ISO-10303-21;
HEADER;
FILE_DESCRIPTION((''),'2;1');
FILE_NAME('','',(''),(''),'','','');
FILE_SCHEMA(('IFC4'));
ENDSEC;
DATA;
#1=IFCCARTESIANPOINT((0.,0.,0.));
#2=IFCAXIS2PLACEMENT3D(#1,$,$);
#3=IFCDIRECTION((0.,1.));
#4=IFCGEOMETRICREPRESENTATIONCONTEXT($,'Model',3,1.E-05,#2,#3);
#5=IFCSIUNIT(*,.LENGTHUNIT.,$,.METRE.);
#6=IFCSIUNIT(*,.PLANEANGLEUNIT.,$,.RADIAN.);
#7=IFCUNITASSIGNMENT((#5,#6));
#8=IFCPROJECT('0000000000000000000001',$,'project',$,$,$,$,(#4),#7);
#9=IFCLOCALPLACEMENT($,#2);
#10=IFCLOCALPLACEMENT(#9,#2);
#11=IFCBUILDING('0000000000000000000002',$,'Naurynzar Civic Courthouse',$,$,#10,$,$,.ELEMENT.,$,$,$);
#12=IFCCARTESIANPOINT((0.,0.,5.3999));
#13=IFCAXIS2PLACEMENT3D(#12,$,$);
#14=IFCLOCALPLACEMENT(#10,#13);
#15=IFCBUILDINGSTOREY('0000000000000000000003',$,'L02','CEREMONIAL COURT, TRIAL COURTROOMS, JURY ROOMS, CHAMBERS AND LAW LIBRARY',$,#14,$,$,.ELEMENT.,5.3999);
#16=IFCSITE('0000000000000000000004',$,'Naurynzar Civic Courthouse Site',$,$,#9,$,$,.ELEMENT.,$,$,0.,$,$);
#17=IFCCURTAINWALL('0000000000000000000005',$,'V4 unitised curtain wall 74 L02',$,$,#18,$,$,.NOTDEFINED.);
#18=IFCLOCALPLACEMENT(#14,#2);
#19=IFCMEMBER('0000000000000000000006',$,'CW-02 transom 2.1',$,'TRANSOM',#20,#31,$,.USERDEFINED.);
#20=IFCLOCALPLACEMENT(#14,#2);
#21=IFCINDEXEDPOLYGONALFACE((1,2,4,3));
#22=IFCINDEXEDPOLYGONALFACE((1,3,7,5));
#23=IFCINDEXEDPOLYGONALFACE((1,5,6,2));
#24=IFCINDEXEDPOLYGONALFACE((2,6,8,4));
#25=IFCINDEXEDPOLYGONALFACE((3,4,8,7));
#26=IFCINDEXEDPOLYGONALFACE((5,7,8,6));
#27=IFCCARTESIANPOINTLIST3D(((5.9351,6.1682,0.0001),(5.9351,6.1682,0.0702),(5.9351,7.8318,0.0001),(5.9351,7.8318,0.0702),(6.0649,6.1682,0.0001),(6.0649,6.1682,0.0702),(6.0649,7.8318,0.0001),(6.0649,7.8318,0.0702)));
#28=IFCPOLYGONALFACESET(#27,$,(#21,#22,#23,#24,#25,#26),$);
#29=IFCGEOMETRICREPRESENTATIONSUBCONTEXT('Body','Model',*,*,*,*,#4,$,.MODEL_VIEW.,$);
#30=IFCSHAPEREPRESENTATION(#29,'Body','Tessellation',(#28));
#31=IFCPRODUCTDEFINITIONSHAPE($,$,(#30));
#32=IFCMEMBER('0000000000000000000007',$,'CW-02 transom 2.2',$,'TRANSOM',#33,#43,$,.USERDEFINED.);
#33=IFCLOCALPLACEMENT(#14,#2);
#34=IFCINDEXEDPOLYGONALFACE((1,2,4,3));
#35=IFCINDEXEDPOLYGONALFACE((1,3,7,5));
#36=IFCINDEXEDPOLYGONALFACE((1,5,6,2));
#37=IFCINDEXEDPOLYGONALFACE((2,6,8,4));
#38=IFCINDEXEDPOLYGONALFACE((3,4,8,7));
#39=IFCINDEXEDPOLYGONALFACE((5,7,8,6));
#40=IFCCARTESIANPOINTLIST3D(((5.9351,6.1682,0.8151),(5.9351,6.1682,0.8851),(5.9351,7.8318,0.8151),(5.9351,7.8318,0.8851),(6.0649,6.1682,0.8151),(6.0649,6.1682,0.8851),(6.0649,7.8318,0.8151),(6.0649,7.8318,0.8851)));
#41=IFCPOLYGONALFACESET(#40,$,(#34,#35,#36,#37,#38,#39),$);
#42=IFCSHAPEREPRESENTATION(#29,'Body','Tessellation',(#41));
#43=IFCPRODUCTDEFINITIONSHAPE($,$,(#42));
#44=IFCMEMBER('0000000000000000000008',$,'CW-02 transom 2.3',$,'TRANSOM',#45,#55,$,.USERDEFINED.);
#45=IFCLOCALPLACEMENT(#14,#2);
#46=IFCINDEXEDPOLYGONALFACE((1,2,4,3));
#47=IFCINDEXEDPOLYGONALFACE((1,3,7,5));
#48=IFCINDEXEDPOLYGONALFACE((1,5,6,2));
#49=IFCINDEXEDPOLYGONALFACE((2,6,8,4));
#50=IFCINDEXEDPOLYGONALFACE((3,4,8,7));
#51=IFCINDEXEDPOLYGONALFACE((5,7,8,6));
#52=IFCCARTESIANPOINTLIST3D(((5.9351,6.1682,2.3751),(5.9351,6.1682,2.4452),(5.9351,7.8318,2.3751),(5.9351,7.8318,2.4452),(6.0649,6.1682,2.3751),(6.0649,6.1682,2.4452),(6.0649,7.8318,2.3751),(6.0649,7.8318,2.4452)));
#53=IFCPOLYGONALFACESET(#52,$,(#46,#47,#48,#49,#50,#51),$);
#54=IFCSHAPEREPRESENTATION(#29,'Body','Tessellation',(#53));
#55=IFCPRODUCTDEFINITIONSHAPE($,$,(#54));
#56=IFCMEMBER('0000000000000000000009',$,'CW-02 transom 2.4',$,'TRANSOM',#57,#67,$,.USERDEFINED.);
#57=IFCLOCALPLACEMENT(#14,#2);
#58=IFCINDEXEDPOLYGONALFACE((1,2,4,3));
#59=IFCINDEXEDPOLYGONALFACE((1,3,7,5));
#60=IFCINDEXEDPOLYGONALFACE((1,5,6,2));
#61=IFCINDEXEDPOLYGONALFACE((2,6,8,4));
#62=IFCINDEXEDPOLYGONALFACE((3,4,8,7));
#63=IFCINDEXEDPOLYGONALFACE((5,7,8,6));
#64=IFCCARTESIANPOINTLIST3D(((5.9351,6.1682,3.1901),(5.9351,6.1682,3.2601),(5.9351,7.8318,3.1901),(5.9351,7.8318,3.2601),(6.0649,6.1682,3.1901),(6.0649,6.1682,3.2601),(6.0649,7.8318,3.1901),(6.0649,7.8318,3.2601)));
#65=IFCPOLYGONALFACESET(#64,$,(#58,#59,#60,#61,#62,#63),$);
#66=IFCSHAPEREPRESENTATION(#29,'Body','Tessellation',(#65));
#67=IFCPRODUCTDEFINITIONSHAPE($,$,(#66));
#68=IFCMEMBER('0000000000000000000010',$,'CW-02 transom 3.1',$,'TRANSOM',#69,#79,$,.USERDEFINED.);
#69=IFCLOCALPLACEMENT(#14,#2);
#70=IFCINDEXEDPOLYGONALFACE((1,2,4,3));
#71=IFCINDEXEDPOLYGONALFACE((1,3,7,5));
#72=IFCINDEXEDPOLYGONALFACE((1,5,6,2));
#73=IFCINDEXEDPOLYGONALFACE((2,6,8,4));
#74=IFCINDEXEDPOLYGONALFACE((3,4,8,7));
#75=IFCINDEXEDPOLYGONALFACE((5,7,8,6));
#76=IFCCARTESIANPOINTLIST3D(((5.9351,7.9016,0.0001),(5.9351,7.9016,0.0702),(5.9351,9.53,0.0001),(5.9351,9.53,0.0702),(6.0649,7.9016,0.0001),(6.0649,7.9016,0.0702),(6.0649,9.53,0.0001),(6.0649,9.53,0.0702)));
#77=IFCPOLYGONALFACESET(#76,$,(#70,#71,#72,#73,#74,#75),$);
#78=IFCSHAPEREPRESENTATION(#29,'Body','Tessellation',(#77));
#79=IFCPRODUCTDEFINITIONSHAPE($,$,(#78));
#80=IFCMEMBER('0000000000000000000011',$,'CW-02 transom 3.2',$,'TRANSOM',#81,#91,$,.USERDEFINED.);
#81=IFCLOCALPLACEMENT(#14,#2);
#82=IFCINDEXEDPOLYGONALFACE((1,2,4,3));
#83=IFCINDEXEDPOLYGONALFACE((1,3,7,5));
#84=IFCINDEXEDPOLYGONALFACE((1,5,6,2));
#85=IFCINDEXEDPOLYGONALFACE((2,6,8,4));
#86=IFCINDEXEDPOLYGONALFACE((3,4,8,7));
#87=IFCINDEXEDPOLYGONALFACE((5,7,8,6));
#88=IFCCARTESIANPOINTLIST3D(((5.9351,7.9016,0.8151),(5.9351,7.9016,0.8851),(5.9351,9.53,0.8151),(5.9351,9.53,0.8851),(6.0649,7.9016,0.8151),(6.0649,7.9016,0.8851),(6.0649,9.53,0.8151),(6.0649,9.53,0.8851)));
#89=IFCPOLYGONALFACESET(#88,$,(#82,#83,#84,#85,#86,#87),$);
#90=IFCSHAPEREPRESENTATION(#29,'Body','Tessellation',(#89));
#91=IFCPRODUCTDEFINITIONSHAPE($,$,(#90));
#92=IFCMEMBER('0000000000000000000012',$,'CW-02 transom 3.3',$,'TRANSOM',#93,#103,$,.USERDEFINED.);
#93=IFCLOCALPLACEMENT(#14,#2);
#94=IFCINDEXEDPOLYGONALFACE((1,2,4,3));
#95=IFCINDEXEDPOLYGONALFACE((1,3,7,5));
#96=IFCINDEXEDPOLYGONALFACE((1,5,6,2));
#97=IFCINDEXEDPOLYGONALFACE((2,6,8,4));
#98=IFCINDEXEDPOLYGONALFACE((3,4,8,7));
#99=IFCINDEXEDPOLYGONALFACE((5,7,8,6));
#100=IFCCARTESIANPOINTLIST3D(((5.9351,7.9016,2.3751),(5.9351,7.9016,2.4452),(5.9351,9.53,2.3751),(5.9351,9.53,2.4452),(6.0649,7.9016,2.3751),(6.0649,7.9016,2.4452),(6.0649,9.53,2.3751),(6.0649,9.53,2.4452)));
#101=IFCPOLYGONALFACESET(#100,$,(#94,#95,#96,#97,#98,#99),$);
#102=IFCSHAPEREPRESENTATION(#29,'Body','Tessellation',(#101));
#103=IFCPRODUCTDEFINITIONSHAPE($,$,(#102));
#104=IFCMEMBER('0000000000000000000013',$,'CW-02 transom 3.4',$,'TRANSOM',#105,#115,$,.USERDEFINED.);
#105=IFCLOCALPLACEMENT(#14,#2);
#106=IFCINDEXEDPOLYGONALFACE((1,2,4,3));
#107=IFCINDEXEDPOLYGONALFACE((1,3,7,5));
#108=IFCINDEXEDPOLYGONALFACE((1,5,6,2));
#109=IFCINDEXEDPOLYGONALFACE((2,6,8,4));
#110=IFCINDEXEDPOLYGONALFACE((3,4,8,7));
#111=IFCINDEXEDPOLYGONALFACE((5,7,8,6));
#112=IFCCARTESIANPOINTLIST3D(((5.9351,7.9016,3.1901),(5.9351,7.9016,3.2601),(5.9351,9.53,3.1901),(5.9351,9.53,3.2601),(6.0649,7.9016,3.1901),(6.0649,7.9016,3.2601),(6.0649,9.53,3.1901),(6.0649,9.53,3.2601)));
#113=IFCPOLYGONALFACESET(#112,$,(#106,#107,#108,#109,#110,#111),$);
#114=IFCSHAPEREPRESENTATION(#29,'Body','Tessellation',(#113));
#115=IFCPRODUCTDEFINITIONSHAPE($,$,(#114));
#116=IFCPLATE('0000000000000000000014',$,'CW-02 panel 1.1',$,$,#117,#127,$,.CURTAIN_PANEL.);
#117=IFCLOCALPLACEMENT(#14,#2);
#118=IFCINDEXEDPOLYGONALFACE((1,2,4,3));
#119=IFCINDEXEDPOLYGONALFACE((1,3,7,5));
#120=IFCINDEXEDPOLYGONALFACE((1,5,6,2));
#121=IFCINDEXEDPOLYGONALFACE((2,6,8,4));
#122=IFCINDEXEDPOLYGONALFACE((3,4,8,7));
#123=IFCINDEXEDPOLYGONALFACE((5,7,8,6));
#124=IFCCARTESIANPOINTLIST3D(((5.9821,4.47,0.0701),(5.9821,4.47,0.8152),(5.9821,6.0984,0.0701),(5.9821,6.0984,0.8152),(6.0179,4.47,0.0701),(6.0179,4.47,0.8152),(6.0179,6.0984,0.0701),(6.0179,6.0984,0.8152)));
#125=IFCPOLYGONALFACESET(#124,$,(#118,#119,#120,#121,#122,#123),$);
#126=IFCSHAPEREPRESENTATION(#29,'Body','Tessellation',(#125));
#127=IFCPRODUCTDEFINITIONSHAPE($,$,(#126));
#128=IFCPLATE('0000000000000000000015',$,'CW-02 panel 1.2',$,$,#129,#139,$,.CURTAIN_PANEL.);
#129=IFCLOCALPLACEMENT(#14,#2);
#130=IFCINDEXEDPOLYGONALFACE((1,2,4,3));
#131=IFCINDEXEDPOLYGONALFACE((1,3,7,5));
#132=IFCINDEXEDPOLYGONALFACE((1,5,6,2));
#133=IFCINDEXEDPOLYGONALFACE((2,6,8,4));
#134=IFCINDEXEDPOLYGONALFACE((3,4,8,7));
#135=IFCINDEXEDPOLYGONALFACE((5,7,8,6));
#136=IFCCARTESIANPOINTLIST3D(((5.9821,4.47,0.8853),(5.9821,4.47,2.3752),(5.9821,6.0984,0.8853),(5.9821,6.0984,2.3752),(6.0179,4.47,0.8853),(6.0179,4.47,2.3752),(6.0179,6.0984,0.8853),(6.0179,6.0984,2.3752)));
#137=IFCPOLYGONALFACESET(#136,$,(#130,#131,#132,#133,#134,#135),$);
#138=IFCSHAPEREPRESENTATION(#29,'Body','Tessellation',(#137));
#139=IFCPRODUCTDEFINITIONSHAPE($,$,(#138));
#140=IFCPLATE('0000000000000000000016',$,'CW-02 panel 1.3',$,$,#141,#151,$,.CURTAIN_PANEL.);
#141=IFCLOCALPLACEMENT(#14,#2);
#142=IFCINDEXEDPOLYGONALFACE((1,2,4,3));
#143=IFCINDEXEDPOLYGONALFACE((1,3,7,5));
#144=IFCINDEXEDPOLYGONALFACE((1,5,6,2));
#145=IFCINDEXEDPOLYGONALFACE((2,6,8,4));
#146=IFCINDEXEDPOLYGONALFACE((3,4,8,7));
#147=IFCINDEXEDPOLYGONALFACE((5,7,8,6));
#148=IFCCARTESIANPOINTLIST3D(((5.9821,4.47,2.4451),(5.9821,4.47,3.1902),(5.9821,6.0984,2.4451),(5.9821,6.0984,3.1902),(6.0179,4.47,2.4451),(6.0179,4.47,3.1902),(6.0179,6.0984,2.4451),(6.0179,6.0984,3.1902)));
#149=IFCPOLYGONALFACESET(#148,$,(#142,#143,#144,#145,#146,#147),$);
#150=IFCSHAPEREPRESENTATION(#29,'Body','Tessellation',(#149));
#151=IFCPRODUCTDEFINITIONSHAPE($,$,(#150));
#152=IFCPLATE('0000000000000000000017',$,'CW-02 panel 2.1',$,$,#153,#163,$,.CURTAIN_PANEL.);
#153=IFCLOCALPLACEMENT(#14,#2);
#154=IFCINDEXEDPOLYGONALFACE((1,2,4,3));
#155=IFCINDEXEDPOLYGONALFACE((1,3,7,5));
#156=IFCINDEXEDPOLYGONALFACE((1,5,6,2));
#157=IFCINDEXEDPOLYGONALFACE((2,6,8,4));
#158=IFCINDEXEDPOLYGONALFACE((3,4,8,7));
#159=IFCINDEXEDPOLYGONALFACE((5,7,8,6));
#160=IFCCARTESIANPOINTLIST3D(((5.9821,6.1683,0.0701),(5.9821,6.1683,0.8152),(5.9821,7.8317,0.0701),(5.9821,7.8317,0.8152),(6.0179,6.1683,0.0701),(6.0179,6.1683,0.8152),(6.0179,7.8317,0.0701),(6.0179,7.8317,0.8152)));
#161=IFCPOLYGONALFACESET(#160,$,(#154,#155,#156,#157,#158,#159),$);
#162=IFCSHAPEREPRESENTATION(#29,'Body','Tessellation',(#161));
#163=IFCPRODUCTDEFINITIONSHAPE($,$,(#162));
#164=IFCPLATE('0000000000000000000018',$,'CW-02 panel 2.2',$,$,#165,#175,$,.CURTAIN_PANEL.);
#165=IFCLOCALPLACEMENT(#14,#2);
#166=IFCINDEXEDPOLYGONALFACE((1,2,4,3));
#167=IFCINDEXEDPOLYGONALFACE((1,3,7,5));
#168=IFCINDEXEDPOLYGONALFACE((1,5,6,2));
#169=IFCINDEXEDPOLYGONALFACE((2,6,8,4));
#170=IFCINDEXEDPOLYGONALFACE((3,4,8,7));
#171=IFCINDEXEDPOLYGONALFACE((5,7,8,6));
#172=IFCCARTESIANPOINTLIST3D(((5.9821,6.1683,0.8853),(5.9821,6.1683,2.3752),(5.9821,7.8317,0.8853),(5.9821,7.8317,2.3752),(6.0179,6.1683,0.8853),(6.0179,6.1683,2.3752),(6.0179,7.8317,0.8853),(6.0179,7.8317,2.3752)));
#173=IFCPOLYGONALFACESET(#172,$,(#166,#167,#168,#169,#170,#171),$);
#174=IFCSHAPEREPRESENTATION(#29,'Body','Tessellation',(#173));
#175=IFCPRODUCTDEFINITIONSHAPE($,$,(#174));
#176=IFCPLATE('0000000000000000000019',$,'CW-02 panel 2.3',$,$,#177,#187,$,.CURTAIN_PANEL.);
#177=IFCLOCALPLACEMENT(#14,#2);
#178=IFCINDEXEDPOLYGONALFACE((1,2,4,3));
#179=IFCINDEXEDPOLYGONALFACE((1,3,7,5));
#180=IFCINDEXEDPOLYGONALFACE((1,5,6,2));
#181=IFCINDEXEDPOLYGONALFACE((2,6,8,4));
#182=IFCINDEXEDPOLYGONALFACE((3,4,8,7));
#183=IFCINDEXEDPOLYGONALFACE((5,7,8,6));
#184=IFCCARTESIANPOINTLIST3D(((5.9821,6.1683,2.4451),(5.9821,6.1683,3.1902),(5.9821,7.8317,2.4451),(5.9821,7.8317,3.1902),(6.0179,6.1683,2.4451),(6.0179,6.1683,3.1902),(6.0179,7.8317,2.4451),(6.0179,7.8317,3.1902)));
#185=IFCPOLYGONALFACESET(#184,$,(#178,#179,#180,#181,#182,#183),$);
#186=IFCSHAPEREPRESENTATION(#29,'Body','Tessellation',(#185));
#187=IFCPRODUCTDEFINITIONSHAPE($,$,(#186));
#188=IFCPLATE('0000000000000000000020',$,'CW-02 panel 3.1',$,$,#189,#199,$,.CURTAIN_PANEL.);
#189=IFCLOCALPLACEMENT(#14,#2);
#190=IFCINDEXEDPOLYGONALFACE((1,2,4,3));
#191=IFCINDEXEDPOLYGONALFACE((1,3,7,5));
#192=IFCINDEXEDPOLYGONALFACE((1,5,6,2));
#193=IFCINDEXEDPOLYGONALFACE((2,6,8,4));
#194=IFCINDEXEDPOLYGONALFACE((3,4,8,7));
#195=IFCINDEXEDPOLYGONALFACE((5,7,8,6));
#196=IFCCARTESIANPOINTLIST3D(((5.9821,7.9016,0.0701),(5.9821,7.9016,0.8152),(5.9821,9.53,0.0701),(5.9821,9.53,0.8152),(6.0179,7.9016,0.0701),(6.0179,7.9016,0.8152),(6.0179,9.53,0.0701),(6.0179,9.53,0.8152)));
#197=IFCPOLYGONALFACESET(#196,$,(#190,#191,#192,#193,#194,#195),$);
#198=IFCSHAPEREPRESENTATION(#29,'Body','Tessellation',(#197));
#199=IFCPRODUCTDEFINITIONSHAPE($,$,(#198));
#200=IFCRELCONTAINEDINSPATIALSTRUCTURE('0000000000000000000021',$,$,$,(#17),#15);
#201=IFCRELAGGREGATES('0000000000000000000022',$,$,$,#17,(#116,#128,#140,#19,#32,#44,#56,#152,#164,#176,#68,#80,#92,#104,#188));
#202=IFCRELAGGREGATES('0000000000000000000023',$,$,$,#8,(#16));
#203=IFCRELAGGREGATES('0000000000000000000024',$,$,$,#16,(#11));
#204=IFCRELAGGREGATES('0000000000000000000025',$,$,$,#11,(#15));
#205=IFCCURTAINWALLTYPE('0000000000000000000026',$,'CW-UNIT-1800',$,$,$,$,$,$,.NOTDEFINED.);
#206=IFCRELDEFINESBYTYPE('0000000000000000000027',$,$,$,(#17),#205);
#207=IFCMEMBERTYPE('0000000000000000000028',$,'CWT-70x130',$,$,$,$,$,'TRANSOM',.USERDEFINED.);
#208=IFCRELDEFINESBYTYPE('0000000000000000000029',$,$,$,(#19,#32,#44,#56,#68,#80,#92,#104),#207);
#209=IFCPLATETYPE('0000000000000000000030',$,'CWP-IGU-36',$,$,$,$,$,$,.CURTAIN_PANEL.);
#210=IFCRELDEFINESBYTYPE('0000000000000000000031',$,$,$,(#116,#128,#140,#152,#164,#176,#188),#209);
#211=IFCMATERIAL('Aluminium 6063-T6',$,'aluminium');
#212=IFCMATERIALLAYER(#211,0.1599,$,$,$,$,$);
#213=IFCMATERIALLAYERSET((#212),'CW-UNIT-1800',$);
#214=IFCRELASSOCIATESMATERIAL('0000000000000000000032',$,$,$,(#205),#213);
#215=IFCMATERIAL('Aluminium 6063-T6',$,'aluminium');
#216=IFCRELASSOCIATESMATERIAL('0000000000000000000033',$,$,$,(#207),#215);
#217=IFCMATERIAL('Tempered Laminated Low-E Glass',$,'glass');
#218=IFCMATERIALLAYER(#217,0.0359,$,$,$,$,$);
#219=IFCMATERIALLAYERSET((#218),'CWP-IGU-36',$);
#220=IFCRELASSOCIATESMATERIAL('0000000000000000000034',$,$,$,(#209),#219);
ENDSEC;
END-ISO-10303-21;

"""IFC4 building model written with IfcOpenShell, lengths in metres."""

from ifc_helpers import new_model, si_unit, direction, frame, origin, origin_2d, place, context, subcontext, project, spatial, rectangle, extrude, material, layer, layer_set, material_profile, profile_set, type_object, element, aggregate, save


model = new_model("IFC4")

# Units and contexts
model_context = context("Model", 3, precision=1e-05, world=origin(), true_north=direction((0.0, 1.0)))
body_context = subcontext(model_context, "Body", "Model", "MODEL_VIEW")
ifc_project = project(units=[si_unit("LENGTHUNIT", "METRE"), si_unit("PLANEANGLEUNIT", "RADIAN")], contexts=[model_context])

# Site, building, storey
site_placement = place(None, origin())
site = spatial("IfcSite", under=ifc_project, at=site_placement, Name="Naurynzar Civic Courthouse Site", CompositionType="ELEMENT", RefElevation=0.0)
building_placement = place(site_placement, origin())
building = spatial("IfcBuilding", under=site, at=building_placement, Name="Naurynzar Civic Courthouse", CompositionType="ELEMENT")
storey_placement = place(building_placement, frame((0.0, 0.0, 5.3999)))
storey = spatial("IfcBuildingStorey", under=building, at=storey_placement, Name="L02", Description="CEREMONIAL COURT, TRIAL COURTROOMS, JURY ROOMS, CHAMBERS AND LAW LIBRARY", CompositionType="ELEMENT", Elevation=5.3999)

# Curtain wall, members, plates
ifc_material_1 = material(Name="Aluminium 6063-T6", Category="aluminium")
ifc_layer_1 = layer(ifc_material_1, 0.1599)
ifc_layer_set_1 = layer_set([ifc_layer_1], Name="CW-UNIT-1800")
curtain_wall_type = type_object("IfcCurtainWallType", Name="CW-UNIT-1800", PredefinedType="NOTDEFINED", material=ifc_layer_set_1)
curtain_wall_placement = place(storey_placement, origin())
curtain_wall = element("IfcCurtainWall", 1, at=curtain_wall_placement, inside=storey, type_object=curtain_wall_type, Name="V4 unitised curtain wall 74 L02", PredefinedType="NOTDEFINED")
ifc_material_2 = material(Name="Aluminium 6063-T6", Category="aluminium")
ifc_material_profile_1 = material_profile(ifc_material_2, rectangle(XDim=0.1299, YDim=0.0701, at=origin_2d()), Name="ALU TRANSOM 70x130")
ifc_profile_set_1 = profile_set([ifc_material_profile_1], Name="Aluminium 6063-T6")
member_type_1 = type_object("IfcMemberType", Name="CWT-70x130", ElementType="TRANSOM", PredefinedType="USERDEFINED", material=ifc_profile_set_1)
member_1_placement = place(storey_placement, frame((6.0, 6.1682, 0.0352), z_axis=(0.0, 1.0, 0.0), x_axis=(-1.0, 0.0, 0.0)))
member_1 = element("IfcMember", 2, at=member_1_placement, type_object=member_type_1, Name="CW-02 transom 2.1", ObjectType="TRANSOM", PredefinedType="USERDEFINED", context=body_context, shape_type="SweptSolid", body=[
    extrude(rectangle(XDim=0.1299, YDim=0.0701, at=origin_2d()), origin(), (0.0, 0.0, 1.0), 1.6636),
])
member_2_placement = place(storey_placement, frame((6.0, 6.1682, 0.8501), z_axis=(0.0, 1.0, 0.0), x_axis=(-1.0, 0.0, 0.0)))
member_2 = element("IfcMember", 3, at=member_2_placement, type_object=member_type_1, Name="CW-02 transom 2.2", ObjectType="TRANSOM", PredefinedType="USERDEFINED", context=body_context, shape_type="SweptSolid", body=[
    extrude(rectangle(XDim=0.1299, YDim=0.0701, at=origin_2d()), origin(), (0.0, 0.0, 1.0), 1.6636),
])
member_3_placement = place(storey_placement, frame((6.0, 6.1682, 2.4102), z_axis=(0.0, 1.0, 0.0), x_axis=(-1.0, 0.0, 0.0)))
member_3 = element("IfcMember", 4, at=member_3_placement, type_object=member_type_1, Name="CW-02 transom 2.3", ObjectType="TRANSOM", PredefinedType="USERDEFINED", context=body_context, shape_type="SweptSolid", body=[
    extrude(rectangle(XDim=0.1299, YDim=0.0701, at=origin_2d()), origin(), (0.0, 0.0, 1.0), 1.6636),
])
member_4_placement = place(storey_placement, frame((6.0, 6.1682, 3.2251), z_axis=(0.0, 1.0, 0.0), x_axis=(-1.0, 0.0, 0.0)))
member_4 = element("IfcMember", 5, at=member_4_placement, type_object=member_type_1, Name="CW-02 transom 2.4", ObjectType="TRANSOM", PredefinedType="USERDEFINED", context=body_context, shape_type="SweptSolid", body=[
    extrude(rectangle(XDim=0.1299, YDim=0.0701, at=origin_2d()), origin(), (0.0, 0.0, 1.0), 1.6636),
])
member_5_placement = place(storey_placement, frame((6.0, 7.9016, 0.0352), z_axis=(0.0, 1.0, 0.0), x_axis=(-1.0, 0.0, 0.0)))
member_5 = element("IfcMember", 6, at=member_5_placement, type_object=member_type_1, Name="CW-02 transom 3.1", ObjectType="TRANSOM", PredefinedType="USERDEFINED", context=body_context, shape_type="SweptSolid", body=[
    extrude(rectangle(XDim=0.1299, YDim=0.0701, at=origin_2d()), origin(), (0.0, 0.0, 1.0), 1.6284),
])
member_6_placement = place(storey_placement, frame((6.0, 7.9016, 0.8501), z_axis=(0.0, 1.0, 0.0), x_axis=(-1.0, 0.0, 0.0)))
member_6 = element("IfcMember", 7, at=member_6_placement, type_object=member_type_1, Name="CW-02 transom 3.2", ObjectType="TRANSOM", PredefinedType="USERDEFINED", context=body_context, shape_type="SweptSolid", body=[
    extrude(rectangle(XDim=0.1299, YDim=0.0701, at=origin_2d()), origin(), (0.0, 0.0, 1.0), 1.6284),
])
member_7_placement = place(storey_placement, frame((6.0, 7.9016, 2.4102), z_axis=(0.0, 1.0, 0.0), x_axis=(-1.0, 0.0, 0.0)))
member_7 = element("IfcMember", 8, at=member_7_placement, type_object=member_type_1, Name="CW-02 transom 3.3", ObjectType="TRANSOM", PredefinedType="USERDEFINED", context=body_context, shape_type="SweptSolid", body=[
    extrude(rectangle(XDim=0.1299, YDim=0.0701, at=origin_2d()), origin(), (0.0, 0.0, 1.0), 1.6284),
])
member_8_placement = place(storey_placement, frame((6.0, 7.9016, 3.2251), z_axis=(0.0, 1.0, 0.0), x_axis=(-1.0, 0.0, 0.0)))
member_8 = element("IfcMember", 9, at=member_8_placement, type_object=member_type_1, Name="CW-02 transom 3.4", ObjectType="TRANSOM", PredefinedType="USERDEFINED", context=body_context, shape_type="SweptSolid", body=[
    extrude(rectangle(XDim=0.1299, YDim=0.0701, at=origin_2d()), origin(), (0.0, 0.0, 1.0), 1.6284),
])
ifc_material_3 = material(Name="Tempered Laminated Low-E Glass", Category="glass")
ifc_layer_2 = layer(ifc_material_3, 0.0359)
ifc_layer_set_2 = layer_set([ifc_layer_2], Name="CWP-IGU-36")
plate_type = type_object("IfcPlateType", Name="CWP-IGU-36", PredefinedType="CURTAIN_PANEL", material=ifc_layer_set_2)
plate_1_placement = place(storey_placement, frame((6.0, 5.2842, 0.0701), z_axis=(0.0, 0.0, 1.0), x_axis=(0.0, 1.0, 0.0)))
plate_1 = element("IfcPlate", 10, at=plate_1_placement, type_object=plate_type, Name="CW-02 panel 1.1", PredefinedType="CURTAIN_PANEL", context=body_context, shape_type="SweptSolid", body=[
    extrude(rectangle(XDim=1.6284, YDim=0.0359, at=origin_2d()), origin(), (0.0, 0.0, 1.0), 0.7451),
])
plate_2_placement = place(storey_placement, frame((6.0, 5.2842, 0.8853), z_axis=(0.0, 0.0, 1.0), x_axis=(0.0, 1.0, 0.0)))
plate_2 = element("IfcPlate", 11, at=plate_2_placement, type_object=plate_type, Name="CW-02 panel 1.2", PredefinedType="CURTAIN_PANEL", context=body_context, shape_type="SweptSolid", body=[
    extrude(rectangle(XDim=1.6284, YDim=0.0359, at=origin_2d()), origin(), (0.0, 0.0, 1.0), 1.49),
])
plate_3_placement = place(storey_placement, frame((6.0, 5.2842, 2.4451), z_axis=(0.0, 0.0, 1.0), x_axis=(0.0, 1.0, 0.0)))
plate_3 = element("IfcPlate", 12, at=plate_3_placement, type_object=plate_type, Name="CW-02 panel 1.3", PredefinedType="CURTAIN_PANEL", context=body_context, shape_type="SweptSolid", body=[
    extrude(rectangle(XDim=1.6284, YDim=0.0359, at=origin_2d()), origin(), (0.0, 0.0, 1.0), 0.7451),
])
plate_4_placement = place(storey_placement, frame((6.0, 7.0, 0.0701), z_axis=(0.0, 0.0, 1.0), x_axis=(0.0, 1.0, 0.0)))
plate_4 = element("IfcPlate", 13, at=plate_4_placement, type_object=plate_type, Name="CW-02 panel 2.1", PredefinedType="CURTAIN_PANEL", context=body_context, shape_type="SweptSolid", body=[
    extrude(rectangle(XDim=1.6633, YDim=0.0359, at=origin_2d()), origin(), (0.0, 0.0, 1.0), 0.7451),
])
plate_5_placement = place(storey_placement, frame((6.0, 7.0, 0.8853), z_axis=(0.0, 0.0, 1.0), x_axis=(0.0, 1.0, 0.0)))
plate_5 = element("IfcPlate", 14, at=plate_5_placement, type_object=plate_type, Name="CW-02 panel 2.2", PredefinedType="CURTAIN_PANEL", context=body_context, shape_type="SweptSolid", body=[
    extrude(rectangle(XDim=1.6633, YDim=0.0359, at=origin_2d()), origin(), (0.0, 0.0, 1.0), 1.49),
])
plate_6_placement = place(storey_placement, frame((6.0, 7.0, 2.4451), z_axis=(0.0, 0.0, 1.0), x_axis=(0.0, 1.0, 0.0)))
plate_6 = element("IfcPlate", 15, at=plate_6_placement, type_object=plate_type, Name="CW-02 panel 2.3", PredefinedType="CURTAIN_PANEL", context=body_context, shape_type="SweptSolid", body=[
    extrude(rectangle(XDim=1.6633, YDim=0.0359, at=origin_2d()), origin(), (0.0, 0.0, 1.0), 0.7451),
])
plate_7_placement = place(storey_placement, frame((6.0, 8.7158, 0.0701), z_axis=(0.0, 0.0, 1.0), x_axis=(0.0, 1.0, 0.0)))
plate_7 = element("IfcPlate", 16, at=plate_7_placement, type_object=plate_type, Name="CW-02 panel 3.1", PredefinedType="CURTAIN_PANEL", context=body_context, shape_type="SweptSolid", body=[
    extrude(rectangle(XDim=1.6284, YDim=0.0359, at=origin_2d()), origin(), (0.0, 0.0, 1.0), 0.7451),
])
aggregate(curtain_wall, [plate_1, plate_2, plate_3, member_1, member_2, member_3, member_4, plate_4, plate_5, plate_6, member_5, member_6, member_7, member_8, plate_7])

save(model, "model.ifc")
